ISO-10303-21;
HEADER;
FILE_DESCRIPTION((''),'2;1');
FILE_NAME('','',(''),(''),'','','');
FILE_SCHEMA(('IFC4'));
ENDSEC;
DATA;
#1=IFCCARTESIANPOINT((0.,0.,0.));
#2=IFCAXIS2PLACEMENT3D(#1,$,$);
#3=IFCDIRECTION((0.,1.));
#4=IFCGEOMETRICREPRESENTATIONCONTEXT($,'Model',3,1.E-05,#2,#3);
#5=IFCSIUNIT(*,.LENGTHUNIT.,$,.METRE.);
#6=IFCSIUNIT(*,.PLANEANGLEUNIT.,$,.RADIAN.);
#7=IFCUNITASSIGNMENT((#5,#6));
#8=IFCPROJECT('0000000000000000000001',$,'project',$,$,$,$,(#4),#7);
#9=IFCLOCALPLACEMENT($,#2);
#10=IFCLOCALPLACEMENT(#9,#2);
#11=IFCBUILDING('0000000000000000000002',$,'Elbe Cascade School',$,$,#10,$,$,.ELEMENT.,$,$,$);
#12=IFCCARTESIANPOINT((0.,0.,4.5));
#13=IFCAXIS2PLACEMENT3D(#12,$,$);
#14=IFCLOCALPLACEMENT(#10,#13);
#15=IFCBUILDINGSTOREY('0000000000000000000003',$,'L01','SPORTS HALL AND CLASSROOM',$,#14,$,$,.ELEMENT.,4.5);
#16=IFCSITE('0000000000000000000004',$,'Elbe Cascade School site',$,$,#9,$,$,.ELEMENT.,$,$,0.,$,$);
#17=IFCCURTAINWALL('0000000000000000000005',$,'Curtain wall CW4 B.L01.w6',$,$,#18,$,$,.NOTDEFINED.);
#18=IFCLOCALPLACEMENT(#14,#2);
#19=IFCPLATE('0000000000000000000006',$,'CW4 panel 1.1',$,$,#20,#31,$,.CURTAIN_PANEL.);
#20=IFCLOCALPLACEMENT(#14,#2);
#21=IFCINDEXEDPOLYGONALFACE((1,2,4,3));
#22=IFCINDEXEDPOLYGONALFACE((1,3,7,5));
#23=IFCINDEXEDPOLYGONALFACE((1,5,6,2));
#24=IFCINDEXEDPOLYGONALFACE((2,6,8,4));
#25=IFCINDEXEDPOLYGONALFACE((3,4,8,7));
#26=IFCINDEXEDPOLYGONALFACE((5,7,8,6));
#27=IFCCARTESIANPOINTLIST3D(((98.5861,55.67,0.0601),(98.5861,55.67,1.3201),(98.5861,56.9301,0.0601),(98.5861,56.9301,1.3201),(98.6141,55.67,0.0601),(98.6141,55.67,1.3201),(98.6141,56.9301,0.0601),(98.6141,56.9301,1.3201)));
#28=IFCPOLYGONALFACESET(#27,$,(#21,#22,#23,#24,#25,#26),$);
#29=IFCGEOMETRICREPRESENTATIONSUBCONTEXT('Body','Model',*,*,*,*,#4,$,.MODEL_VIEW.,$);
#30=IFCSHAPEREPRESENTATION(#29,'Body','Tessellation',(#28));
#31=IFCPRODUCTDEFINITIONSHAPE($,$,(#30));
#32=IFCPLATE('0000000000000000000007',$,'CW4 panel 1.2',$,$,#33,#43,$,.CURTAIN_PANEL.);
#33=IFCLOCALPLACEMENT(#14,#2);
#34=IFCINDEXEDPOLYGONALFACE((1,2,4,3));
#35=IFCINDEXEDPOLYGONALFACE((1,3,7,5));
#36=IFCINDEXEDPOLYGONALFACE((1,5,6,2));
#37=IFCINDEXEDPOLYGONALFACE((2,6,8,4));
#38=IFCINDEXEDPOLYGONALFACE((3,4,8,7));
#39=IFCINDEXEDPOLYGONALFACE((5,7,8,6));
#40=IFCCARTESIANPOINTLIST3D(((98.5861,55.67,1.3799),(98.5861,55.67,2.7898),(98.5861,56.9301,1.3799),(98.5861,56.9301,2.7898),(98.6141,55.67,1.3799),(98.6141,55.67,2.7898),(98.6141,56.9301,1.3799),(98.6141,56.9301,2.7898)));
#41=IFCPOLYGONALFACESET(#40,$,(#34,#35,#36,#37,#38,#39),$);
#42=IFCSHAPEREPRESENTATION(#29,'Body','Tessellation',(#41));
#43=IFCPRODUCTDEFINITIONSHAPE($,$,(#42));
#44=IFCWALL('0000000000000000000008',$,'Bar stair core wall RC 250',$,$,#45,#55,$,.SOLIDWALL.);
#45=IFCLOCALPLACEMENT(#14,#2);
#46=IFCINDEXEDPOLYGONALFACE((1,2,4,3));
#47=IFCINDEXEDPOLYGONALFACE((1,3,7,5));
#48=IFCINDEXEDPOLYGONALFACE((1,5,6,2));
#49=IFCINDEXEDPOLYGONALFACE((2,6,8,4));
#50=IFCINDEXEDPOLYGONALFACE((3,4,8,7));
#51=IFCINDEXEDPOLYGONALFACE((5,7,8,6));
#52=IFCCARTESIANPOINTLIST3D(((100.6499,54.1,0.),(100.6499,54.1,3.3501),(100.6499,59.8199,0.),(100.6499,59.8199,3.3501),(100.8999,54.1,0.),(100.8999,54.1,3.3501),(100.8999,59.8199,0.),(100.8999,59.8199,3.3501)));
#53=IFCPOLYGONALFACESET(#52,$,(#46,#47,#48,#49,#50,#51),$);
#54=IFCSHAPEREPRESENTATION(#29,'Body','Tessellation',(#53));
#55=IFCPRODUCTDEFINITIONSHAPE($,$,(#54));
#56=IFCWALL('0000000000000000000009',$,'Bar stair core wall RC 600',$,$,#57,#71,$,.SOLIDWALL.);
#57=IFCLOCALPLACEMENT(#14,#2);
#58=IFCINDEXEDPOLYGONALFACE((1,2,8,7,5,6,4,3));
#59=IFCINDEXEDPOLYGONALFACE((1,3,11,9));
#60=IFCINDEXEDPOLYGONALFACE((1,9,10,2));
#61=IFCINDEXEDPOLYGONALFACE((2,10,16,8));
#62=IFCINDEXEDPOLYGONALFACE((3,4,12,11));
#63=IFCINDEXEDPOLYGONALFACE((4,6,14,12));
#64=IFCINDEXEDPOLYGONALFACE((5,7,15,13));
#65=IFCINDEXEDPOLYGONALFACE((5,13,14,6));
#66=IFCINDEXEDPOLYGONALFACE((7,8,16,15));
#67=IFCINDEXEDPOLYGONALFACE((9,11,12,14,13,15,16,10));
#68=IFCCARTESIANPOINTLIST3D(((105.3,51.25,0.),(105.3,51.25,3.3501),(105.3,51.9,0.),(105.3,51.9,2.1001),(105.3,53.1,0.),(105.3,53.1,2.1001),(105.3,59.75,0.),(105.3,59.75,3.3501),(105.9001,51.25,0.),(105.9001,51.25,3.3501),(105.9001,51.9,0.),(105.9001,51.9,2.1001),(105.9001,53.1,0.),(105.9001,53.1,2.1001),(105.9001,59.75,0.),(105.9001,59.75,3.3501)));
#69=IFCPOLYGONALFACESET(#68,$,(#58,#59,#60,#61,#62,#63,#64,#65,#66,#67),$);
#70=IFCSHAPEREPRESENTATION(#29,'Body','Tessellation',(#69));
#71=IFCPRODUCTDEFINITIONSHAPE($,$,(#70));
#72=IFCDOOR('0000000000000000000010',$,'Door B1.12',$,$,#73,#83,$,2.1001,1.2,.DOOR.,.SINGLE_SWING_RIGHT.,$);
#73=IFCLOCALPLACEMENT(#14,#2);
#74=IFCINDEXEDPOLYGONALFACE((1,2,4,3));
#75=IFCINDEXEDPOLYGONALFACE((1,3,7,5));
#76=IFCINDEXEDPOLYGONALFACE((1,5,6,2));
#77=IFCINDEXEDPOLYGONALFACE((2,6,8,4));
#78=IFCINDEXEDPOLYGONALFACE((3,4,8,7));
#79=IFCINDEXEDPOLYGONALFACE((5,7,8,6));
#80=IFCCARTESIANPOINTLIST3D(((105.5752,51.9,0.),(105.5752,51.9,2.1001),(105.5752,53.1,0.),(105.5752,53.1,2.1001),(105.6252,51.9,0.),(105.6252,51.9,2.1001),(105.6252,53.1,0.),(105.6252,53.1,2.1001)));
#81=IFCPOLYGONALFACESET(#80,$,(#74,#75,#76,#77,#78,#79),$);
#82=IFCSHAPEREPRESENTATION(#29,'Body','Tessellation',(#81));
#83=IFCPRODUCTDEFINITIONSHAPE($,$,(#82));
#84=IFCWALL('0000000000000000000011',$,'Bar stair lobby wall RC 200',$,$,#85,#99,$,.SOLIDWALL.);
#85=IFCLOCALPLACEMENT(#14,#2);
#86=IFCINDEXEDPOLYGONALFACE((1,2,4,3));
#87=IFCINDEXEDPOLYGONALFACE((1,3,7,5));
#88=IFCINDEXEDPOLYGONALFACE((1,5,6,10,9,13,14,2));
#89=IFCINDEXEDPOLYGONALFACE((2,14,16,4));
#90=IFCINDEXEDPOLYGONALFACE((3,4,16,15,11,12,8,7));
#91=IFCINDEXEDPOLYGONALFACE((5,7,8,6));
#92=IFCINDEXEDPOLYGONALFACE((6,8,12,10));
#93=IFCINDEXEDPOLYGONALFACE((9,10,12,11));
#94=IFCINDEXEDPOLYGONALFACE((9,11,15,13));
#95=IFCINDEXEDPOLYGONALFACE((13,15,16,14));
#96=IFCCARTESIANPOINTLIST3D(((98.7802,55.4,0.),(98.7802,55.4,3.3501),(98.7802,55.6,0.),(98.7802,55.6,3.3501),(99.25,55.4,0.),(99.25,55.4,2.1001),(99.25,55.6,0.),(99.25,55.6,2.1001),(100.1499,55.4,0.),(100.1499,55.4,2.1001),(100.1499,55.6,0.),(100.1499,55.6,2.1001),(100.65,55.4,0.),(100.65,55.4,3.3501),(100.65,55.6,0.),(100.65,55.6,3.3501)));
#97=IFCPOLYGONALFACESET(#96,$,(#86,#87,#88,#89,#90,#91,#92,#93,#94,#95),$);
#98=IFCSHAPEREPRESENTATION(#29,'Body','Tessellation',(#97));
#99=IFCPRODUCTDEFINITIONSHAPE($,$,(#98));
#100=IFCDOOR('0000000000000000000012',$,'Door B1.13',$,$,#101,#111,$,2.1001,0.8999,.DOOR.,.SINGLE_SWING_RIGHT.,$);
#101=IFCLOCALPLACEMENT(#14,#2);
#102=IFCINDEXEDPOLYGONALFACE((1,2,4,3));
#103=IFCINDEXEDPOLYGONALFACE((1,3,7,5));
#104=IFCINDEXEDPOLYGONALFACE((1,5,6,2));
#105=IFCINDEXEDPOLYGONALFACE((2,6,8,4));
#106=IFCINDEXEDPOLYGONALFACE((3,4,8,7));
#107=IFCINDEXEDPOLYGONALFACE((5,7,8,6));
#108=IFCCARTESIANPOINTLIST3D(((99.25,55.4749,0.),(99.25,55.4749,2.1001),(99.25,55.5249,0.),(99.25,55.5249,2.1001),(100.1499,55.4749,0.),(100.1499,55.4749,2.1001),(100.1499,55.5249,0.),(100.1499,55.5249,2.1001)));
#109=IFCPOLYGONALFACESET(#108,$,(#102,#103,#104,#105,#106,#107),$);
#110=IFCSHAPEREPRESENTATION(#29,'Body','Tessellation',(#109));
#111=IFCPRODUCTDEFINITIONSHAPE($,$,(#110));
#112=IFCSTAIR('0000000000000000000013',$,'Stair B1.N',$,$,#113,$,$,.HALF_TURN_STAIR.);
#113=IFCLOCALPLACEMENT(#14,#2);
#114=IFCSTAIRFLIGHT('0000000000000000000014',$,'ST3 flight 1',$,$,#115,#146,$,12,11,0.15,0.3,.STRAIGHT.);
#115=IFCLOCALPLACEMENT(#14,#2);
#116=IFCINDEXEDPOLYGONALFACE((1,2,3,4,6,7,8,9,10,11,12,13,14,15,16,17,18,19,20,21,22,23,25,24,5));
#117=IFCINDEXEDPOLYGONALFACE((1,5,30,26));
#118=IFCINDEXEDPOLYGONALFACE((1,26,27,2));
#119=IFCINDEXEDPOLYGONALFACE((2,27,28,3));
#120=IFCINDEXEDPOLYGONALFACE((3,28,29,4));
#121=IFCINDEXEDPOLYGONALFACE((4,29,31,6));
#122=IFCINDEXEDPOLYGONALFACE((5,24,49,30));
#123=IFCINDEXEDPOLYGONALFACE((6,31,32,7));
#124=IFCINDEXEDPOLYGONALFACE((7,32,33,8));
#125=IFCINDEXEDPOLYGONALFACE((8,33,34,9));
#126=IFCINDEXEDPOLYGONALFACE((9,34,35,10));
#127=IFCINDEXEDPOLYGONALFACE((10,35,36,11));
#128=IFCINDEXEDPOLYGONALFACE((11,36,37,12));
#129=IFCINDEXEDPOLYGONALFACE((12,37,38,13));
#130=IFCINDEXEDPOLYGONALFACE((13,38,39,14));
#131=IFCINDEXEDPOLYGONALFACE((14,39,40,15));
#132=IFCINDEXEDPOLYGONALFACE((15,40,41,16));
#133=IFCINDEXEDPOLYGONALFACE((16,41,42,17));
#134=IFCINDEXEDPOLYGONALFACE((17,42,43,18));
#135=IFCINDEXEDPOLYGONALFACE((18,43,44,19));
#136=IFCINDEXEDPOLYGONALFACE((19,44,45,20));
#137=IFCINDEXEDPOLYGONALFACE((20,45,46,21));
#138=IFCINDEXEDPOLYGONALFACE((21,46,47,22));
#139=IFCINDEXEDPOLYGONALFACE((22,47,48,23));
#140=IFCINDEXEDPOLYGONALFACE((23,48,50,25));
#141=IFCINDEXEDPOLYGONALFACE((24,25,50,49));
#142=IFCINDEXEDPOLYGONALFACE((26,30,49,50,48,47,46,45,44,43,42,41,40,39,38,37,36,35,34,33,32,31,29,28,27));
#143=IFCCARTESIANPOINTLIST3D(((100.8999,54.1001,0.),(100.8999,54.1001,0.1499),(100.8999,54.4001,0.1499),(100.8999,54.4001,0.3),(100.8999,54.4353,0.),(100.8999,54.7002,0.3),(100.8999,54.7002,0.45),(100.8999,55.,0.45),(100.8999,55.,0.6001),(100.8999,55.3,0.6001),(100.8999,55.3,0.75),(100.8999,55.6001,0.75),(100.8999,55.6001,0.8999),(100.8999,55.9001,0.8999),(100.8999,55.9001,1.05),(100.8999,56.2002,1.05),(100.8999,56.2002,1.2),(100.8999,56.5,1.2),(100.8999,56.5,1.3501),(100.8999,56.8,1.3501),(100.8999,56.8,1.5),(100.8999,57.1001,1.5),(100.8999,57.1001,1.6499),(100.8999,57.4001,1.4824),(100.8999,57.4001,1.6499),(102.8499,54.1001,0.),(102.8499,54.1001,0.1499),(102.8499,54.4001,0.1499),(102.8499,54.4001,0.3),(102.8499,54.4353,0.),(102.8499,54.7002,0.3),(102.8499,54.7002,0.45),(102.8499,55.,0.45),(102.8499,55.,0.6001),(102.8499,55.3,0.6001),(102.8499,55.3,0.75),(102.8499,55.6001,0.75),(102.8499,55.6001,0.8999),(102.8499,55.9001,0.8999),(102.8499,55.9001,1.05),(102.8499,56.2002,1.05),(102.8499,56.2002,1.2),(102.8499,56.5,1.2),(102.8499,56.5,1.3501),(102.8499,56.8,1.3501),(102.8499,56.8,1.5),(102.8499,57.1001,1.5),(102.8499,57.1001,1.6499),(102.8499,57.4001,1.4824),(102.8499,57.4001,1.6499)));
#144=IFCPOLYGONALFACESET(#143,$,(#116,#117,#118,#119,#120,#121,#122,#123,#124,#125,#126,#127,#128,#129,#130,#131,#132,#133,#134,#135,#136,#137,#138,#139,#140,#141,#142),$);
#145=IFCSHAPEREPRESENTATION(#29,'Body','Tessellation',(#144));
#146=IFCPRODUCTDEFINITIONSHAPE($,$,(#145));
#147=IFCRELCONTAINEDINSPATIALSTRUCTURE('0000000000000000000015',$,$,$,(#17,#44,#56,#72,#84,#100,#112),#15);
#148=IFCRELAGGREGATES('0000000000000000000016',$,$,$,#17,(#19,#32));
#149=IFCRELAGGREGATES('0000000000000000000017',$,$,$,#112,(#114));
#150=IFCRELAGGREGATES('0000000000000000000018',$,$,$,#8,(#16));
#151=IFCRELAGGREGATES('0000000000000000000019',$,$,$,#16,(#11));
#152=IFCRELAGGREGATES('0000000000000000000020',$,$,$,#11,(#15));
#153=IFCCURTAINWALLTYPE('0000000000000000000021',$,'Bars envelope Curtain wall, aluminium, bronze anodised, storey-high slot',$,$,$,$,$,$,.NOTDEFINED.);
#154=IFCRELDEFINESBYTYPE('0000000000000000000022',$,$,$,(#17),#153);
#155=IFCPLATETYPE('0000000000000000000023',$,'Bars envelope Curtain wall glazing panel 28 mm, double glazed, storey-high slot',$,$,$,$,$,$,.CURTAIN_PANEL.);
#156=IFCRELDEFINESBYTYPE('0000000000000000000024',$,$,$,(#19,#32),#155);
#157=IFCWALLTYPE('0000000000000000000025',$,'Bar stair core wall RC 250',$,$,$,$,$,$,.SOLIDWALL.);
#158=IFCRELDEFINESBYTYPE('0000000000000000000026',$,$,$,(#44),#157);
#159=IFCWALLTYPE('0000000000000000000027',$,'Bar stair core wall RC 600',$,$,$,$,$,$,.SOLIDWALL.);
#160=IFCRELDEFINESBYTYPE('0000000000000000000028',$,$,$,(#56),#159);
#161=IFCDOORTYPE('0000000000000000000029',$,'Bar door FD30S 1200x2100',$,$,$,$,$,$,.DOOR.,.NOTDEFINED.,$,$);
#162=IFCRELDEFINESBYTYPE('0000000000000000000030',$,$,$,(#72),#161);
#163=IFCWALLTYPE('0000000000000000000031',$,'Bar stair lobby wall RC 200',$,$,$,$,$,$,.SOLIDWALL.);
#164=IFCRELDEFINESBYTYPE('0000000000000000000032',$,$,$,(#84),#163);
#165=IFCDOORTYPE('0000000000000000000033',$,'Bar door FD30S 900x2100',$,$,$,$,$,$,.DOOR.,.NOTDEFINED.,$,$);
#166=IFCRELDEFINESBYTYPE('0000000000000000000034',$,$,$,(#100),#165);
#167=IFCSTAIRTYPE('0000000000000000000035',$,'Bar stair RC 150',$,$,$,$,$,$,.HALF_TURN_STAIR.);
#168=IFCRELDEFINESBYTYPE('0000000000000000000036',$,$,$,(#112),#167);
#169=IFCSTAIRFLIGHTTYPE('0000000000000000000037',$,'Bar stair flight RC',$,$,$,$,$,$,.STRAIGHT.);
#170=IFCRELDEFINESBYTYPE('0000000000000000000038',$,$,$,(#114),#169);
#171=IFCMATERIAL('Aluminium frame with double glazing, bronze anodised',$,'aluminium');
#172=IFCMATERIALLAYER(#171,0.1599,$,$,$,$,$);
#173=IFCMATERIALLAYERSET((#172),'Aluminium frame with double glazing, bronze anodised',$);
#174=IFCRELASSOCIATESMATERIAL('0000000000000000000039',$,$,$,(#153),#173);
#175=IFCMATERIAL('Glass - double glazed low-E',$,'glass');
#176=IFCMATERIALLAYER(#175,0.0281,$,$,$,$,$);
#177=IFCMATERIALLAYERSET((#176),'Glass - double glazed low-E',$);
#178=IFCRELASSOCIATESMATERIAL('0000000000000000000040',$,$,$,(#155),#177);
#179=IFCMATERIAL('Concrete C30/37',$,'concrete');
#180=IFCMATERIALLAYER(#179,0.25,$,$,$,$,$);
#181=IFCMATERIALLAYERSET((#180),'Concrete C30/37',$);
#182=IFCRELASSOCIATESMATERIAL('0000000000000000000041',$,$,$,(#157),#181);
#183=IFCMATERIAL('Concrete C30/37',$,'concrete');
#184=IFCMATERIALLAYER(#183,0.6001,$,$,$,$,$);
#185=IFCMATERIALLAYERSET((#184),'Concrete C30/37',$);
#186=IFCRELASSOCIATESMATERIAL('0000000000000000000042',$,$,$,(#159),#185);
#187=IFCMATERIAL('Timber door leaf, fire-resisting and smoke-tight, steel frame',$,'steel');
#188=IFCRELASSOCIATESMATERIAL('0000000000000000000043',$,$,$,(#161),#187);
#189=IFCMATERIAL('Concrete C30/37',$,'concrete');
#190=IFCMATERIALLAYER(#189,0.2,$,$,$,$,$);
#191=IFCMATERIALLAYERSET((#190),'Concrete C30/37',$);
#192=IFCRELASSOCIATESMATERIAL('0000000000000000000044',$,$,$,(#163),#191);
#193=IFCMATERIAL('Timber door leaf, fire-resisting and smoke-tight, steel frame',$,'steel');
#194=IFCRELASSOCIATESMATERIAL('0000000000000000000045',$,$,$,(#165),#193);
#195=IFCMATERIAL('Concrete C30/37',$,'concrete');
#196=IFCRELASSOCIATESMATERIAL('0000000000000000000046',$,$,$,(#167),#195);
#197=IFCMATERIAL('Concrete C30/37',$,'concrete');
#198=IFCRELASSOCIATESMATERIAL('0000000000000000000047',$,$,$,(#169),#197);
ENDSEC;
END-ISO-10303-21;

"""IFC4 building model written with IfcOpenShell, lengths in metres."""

from ifc_helpers import new_model, si_unit, direction, frame, frame_2d, origin, origin_2d, place, context, subcontext, project, spatial, polyline, rectangle, outline, extrude, material, layer, layer_set, type_object, element, fill, aggregate, save


model = new_model("IFC4")

# Units and contexts
model_context = context("Model", 3, precision=1e-05, world=origin(), true_north=direction((0.0, 1.0)))
body_context = subcontext(model_context, "Body", "Model", "MODEL_VIEW")
ifc_project = project(units=[si_unit("LENGTHUNIT", "METRE"), si_unit("PLANEANGLEUNIT", "RADIAN")], contexts=[model_context])

# Site, building, storey
site_placement = place(None, origin())
site = spatial("IfcSite", under=ifc_project, at=site_placement, Name="Elbe Cascade School site", CompositionType="ELEMENT", RefElevation=0.0)
building_placement = place(site_placement, origin())
building = spatial("IfcBuilding", under=site, at=building_placement, Name="Elbe Cascade School", CompositionType="ELEMENT")
storey_placement = place(building_placement, frame((0.0, 0.0, 4.5)))
storey = spatial("IfcBuildingStorey", under=building, at=storey_placement, Name="L01", Description="SPORTS HALL AND CLASSROOM", CompositionType="ELEMENT", Elevation=4.5)

# Curtain wall
ifc_material_1 = material(Name="Aluminium frame with double glazing, bronze anodised", Category="aluminium")
ifc_layer_1 = layer(ifc_material_1, 0.1599)
ifc_layer_set_1 = layer_set([ifc_layer_1], Name="Aluminium frame with double glazing, bronze anodised")
curtain_wall_type = type_object("IfcCurtainWallType", Name="Bars envelope Curtain wall, aluminium, bronze anodised, storey-high slot", PredefinedType="NOTDEFINED", material=ifc_layer_set_1)
curtain_wall_placement = place(storey_placement, origin())
curtain_wall = element("IfcCurtainWall", 1, at=curtain_wall_placement, inside=storey, type_object=curtain_wall_type, Name="Curtain wall CW4 B.L01.w6", PredefinedType="NOTDEFINED")

# Plates
ifc_material_2 = material(Name="Glass - double glazed low-E", Category="glass")
ifc_layer_2 = layer(ifc_material_2, 0.0281)
ifc_layer_set_2 = layer_set([ifc_layer_2], Name="Glass - double glazed low-E")
plate_type = type_object("IfcPlateType", Name="Bars envelope Curtain wall glazing panel 28 mm, double glazed, storey-high slot", PredefinedType="CURTAIN_PANEL", material=ifc_layer_set_2)
plate_1_placement = place(storey_placement, frame((98.6001, 56.3, 0.0601), z_axis=(0.0, 0.0, 1.0), x_axis=(0.0, 1.0, 0.0)))
plate_1 = element("IfcPlate", 2, at=plate_1_placement, type_object=plate_type, Name="CW4 panel 1.1", PredefinedType="CURTAIN_PANEL", context=body_context, shape_type="SweptSolid", body=[
    extrude(rectangle(XDim=1.26, YDim=0.0281, at=origin_2d()), origin(), (0.0, 0.0, 1.0), 1.26),
])
plate_2_placement = place(storey_placement, frame((98.6001, 56.3, 1.3799), z_axis=(0.0, 0.0, 1.0), x_axis=(0.0, 1.0, 0.0)))
plate_2 = element("IfcPlate", 3, at=plate_2_placement, type_object=plate_type, Name="CW4 panel 1.2", PredefinedType="CURTAIN_PANEL", context=body_context, shape_type="SweptSolid", body=[
    extrude(rectangle(XDim=1.26, YDim=0.0281, at=origin_2d()), origin(), (0.0, 0.0, 1.0), 1.4099),
])
aggregate(curtain_wall, [plate_1, plate_2])

# Wall
ifc_material_3 = material(Name="Concrete C30/37", Category="concrete")
ifc_layer_3 = layer(ifc_material_3, 0.25)
ifc_layer_set_3 = layer_set([ifc_layer_3], Name="Concrete C30/37")
wall_type_1 = type_object("IfcWallType", Name="Bar stair core wall RC 250", PredefinedType="SOLIDWALL", material=ifc_layer_set_3)
wall_1_placement = place(storey_placement, frame((100.7749, 54.1001, 0.0), z_axis=(0.0, 0.0, 1.0), x_axis=(0.0, 1.0, 0.0)))
element("IfcWall", 4, at=wall_1_placement, inside=storey, type_object=wall_type_1, Name="Bar stair core wall RC 250", PredefinedType="SOLIDWALL", context=body_context, shape_type="SweptSolid", body=[
    extrude(rectangle(XDim=5.72, YDim=0.25, at=frame_2d((2.8599, 0.0))), origin(), (0.0, 0.0, 1.0), 3.3501),
])

# Walls, openings, doors
ifc_material_4 = material(Name="Concrete C30/37", Category="concrete")
ifc_layer_4 = layer(ifc_material_4, 0.6001)
ifc_layer_set_4 = layer_set([ifc_layer_4], Name="Concrete C30/37")
wall_type_2 = type_object("IfcWallType", Name="Bar stair core wall RC 600", PredefinedType="SOLIDWALL", material=ifc_layer_set_4)
wall_2_placement = place(storey_placement, frame((105.6001, 51.25, 0.0), z_axis=(0.0, 0.0, 1.0), x_axis=(0.0, 1.0, 0.0)))
wall_2 = element("IfcWall", 5, at=wall_2_placement, inside=storey, type_object=wall_type_2, Name="Bar stair core wall RC 600", PredefinedType="SOLIDWALL", context=body_context, shape_type="SweptSolid", body=[
    extrude(rectangle(XDim=8.5, YDim=0.6001, at=frame_2d((4.25, 0.0))), origin(), (0.0, 0.0, 1.0), 3.3501),
])
opening_1_placement = place(wall_2_placement, frame((0.6499, 0.0, 0.0)))
opening_1 = element("IfcOpeningElement", 6, at=opening_1_placement, cuts=wall_2, PredefinedType="OPENING", context=body_context, shape_type="SweptSolid", body=[
    extrude(rectangle(XDim=1.2, YDim=2.1001, at=frame_2d((0.6001, 1.05))), frame((0.0, 0.3101, 0.0), z_axis=(0.0, -1.0, 0.0), x_axis=(1.0, 0.0, 0.0)), (0.0, 0.0, 1.0), 0.6201),
])
ifc_material_5 = material(Name="Timber door leaf, fire-resisting and smoke-tight, steel frame", Category="steel")
door_type_1 = type_object("IfcDoorType", Name="Bar door FD30S 1200x2100", OperationType="NOTDEFINED", PredefinedType="DOOR", material=ifc_material_5)
door_1_placement = place(opening_1_placement, origin())
door_1 = element("IfcDoor", 7, at=door_1_placement, inside=storey, type_object=door_type_1, Name="Door B1.12", OperationType="SINGLE_SWING_RIGHT", OverallHeight=2.1001, OverallWidth=1.2, PredefinedType="DOOR", context=body_context, shape_type="SweptSolid", body=[
    extrude(rectangle(XDim=1.2, YDim=2.1001, at=frame_2d((0.6001, 1.05))), frame((0.0, 0.0249, 0.0), z_axis=(0.0, -1.0, 0.0), x_axis=(1.0, 0.0, 0.0)), (0.0, 0.0, 1.0), 0.05),
])
fill(opening_1, door_1)
ifc_material_6 = material(Name="Concrete C30/37", Category="concrete")
ifc_layer_5 = layer(ifc_material_6, 0.2)
ifc_layer_set_5 = layer_set([ifc_layer_5], Name="Concrete C30/37")
wall_type_3 = type_object("IfcWallType", Name="Bar stair lobby wall RC 200", PredefinedType="SOLIDWALL", material=ifc_layer_set_5)
wall_3_placement = place(storey_placement, frame((98.78, 55.5, 0.0), z_axis=(0.0, 0.0, 1.0), x_axis=(1.0, 0.0, 0.0)))
wall_3 = element("IfcWall", 8, at=wall_3_placement, inside=storey, type_object=wall_type_3, Name="Bar stair lobby wall RC 200", PredefinedType="SOLIDWALL", context=body_context, shape_type="SweptSolid", body=[
    extrude(rectangle(XDim=1.8699, YDim=0.2, at=frame_2d((0.9351, 0.0))), origin(), (0.0, 0.0, 1.0), 3.3501),
])
opening_2_placement = place(wall_3_placement, frame((0.47, 0.0, 0.0)))
opening_2 = element("IfcOpeningElement", 9, at=opening_2_placement, cuts=wall_3, PredefinedType="OPENING", context=body_context, shape_type="SweptSolid", body=[
    extrude(rectangle(XDim=0.8999, YDim=2.1001, at=frame_2d((0.45, 1.05))), frame((0.0, 0.1099, 0.0), z_axis=(0.0, -1.0, 0.0), x_axis=(1.0, 0.0, 0.0)), (0.0, 0.0, 1.0), 0.22),
])
ifc_material_7 = material(Name="Timber door leaf, fire-resisting and smoke-tight, steel frame", Category="steel")
door_type_2 = type_object("IfcDoorType", Name="Bar door FD30S 900x2100", OperationType="NOTDEFINED", PredefinedType="DOOR", material=ifc_material_7)
door_2_placement = place(opening_2_placement, origin())
door_2 = element("IfcDoor", 10, at=door_2_placement, inside=storey, type_object=door_type_2, Name="Door B1.13", OperationType="SINGLE_SWING_RIGHT", OverallHeight=2.1001, OverallWidth=0.8999, PredefinedType="DOOR", context=body_context, shape_type="SweptSolid", body=[
    extrude(rectangle(XDim=0.8999, YDim=2.1001, at=frame_2d((0.45, 1.05))), frame((0.0, 0.0249, 0.0), z_axis=(0.0, -1.0, 0.0), x_axis=(1.0, 0.0, 0.0)), (0.0, 0.0, 1.0), 0.05),
])
fill(opening_2, door_2)

# Stair, stair flight
ifc_material_8 = material(Name="Concrete C30/37", Category="concrete")
stair_type = type_object("IfcStairType", Name="Bar stair RC 150", PredefinedType="HALF_TURN_STAIR", material=ifc_material_8)
stair_placement = place(storey_placement, origin())
stair = element("IfcStair", 11, at=stair_placement, inside=storey, type_object=stair_type, Name="Stair B1.N", PredefinedType="HALF_TURN_STAIR")
ifc_material_9 = material(Name="Concrete C30/37", Category="concrete")
stair_flight_type = type_object("IfcStairFlightType", Name="Bar stair flight RC", PredefinedType="STRAIGHT", material=ifc_material_9)
stair_flight_placement = place(storey_placement, frame((101.875, 54.1001, 0.0), z_axis=(0.0, 0.0, 1.0), x_axis=(0.0, 1.0, 0.0)))
stair_flight = element("IfcStairFlight", 12, at=stair_flight_placement, type_object=stair_flight_type, Name="ST3 flight 1", NumberOfRisers=12, NumberOfTreads=11, PredefinedType="STRAIGHT", RiserHeight=0.15, TreadLength=0.3, context=body_context, shape_type="SweptSolid", body=[
    extrude(outline(polyline([(0.0, 0.0), (0.0, 0.1499), (0.3, 0.1499), (0.3, 0.3), (0.6001, 0.3), (0.6001, 0.45), (0.8999, 0.45), (0.8999, 0.6001), (1.2, 0.6001), (1.2, 0.75), (1.5, 0.75), (1.5, 0.8999), (1.8, 0.8999), (1.8, 1.05), (2.1001, 1.05), (2.1001, 1.2), (2.3999, 1.2), (2.3999, 1.3501), (2.7, 1.3501), (2.7, 1.5), (3.0, 1.5), (3.0, 1.6499), (3.3, 1.6499), (3.3, 1.8), (3.3, 1.4824), (0.3352, 0.0), (0.0, 0.0)])), frame((0.0, 0.9751, 0.0), z_axis=(0.0, -1.0, 0.0), x_axis=(1.0, 0.0, 0.0)), (0.0, 0.0, 1.0), 1.95),
])
aggregate(stair, [stair_flight])

save(model, "model.ifc")
